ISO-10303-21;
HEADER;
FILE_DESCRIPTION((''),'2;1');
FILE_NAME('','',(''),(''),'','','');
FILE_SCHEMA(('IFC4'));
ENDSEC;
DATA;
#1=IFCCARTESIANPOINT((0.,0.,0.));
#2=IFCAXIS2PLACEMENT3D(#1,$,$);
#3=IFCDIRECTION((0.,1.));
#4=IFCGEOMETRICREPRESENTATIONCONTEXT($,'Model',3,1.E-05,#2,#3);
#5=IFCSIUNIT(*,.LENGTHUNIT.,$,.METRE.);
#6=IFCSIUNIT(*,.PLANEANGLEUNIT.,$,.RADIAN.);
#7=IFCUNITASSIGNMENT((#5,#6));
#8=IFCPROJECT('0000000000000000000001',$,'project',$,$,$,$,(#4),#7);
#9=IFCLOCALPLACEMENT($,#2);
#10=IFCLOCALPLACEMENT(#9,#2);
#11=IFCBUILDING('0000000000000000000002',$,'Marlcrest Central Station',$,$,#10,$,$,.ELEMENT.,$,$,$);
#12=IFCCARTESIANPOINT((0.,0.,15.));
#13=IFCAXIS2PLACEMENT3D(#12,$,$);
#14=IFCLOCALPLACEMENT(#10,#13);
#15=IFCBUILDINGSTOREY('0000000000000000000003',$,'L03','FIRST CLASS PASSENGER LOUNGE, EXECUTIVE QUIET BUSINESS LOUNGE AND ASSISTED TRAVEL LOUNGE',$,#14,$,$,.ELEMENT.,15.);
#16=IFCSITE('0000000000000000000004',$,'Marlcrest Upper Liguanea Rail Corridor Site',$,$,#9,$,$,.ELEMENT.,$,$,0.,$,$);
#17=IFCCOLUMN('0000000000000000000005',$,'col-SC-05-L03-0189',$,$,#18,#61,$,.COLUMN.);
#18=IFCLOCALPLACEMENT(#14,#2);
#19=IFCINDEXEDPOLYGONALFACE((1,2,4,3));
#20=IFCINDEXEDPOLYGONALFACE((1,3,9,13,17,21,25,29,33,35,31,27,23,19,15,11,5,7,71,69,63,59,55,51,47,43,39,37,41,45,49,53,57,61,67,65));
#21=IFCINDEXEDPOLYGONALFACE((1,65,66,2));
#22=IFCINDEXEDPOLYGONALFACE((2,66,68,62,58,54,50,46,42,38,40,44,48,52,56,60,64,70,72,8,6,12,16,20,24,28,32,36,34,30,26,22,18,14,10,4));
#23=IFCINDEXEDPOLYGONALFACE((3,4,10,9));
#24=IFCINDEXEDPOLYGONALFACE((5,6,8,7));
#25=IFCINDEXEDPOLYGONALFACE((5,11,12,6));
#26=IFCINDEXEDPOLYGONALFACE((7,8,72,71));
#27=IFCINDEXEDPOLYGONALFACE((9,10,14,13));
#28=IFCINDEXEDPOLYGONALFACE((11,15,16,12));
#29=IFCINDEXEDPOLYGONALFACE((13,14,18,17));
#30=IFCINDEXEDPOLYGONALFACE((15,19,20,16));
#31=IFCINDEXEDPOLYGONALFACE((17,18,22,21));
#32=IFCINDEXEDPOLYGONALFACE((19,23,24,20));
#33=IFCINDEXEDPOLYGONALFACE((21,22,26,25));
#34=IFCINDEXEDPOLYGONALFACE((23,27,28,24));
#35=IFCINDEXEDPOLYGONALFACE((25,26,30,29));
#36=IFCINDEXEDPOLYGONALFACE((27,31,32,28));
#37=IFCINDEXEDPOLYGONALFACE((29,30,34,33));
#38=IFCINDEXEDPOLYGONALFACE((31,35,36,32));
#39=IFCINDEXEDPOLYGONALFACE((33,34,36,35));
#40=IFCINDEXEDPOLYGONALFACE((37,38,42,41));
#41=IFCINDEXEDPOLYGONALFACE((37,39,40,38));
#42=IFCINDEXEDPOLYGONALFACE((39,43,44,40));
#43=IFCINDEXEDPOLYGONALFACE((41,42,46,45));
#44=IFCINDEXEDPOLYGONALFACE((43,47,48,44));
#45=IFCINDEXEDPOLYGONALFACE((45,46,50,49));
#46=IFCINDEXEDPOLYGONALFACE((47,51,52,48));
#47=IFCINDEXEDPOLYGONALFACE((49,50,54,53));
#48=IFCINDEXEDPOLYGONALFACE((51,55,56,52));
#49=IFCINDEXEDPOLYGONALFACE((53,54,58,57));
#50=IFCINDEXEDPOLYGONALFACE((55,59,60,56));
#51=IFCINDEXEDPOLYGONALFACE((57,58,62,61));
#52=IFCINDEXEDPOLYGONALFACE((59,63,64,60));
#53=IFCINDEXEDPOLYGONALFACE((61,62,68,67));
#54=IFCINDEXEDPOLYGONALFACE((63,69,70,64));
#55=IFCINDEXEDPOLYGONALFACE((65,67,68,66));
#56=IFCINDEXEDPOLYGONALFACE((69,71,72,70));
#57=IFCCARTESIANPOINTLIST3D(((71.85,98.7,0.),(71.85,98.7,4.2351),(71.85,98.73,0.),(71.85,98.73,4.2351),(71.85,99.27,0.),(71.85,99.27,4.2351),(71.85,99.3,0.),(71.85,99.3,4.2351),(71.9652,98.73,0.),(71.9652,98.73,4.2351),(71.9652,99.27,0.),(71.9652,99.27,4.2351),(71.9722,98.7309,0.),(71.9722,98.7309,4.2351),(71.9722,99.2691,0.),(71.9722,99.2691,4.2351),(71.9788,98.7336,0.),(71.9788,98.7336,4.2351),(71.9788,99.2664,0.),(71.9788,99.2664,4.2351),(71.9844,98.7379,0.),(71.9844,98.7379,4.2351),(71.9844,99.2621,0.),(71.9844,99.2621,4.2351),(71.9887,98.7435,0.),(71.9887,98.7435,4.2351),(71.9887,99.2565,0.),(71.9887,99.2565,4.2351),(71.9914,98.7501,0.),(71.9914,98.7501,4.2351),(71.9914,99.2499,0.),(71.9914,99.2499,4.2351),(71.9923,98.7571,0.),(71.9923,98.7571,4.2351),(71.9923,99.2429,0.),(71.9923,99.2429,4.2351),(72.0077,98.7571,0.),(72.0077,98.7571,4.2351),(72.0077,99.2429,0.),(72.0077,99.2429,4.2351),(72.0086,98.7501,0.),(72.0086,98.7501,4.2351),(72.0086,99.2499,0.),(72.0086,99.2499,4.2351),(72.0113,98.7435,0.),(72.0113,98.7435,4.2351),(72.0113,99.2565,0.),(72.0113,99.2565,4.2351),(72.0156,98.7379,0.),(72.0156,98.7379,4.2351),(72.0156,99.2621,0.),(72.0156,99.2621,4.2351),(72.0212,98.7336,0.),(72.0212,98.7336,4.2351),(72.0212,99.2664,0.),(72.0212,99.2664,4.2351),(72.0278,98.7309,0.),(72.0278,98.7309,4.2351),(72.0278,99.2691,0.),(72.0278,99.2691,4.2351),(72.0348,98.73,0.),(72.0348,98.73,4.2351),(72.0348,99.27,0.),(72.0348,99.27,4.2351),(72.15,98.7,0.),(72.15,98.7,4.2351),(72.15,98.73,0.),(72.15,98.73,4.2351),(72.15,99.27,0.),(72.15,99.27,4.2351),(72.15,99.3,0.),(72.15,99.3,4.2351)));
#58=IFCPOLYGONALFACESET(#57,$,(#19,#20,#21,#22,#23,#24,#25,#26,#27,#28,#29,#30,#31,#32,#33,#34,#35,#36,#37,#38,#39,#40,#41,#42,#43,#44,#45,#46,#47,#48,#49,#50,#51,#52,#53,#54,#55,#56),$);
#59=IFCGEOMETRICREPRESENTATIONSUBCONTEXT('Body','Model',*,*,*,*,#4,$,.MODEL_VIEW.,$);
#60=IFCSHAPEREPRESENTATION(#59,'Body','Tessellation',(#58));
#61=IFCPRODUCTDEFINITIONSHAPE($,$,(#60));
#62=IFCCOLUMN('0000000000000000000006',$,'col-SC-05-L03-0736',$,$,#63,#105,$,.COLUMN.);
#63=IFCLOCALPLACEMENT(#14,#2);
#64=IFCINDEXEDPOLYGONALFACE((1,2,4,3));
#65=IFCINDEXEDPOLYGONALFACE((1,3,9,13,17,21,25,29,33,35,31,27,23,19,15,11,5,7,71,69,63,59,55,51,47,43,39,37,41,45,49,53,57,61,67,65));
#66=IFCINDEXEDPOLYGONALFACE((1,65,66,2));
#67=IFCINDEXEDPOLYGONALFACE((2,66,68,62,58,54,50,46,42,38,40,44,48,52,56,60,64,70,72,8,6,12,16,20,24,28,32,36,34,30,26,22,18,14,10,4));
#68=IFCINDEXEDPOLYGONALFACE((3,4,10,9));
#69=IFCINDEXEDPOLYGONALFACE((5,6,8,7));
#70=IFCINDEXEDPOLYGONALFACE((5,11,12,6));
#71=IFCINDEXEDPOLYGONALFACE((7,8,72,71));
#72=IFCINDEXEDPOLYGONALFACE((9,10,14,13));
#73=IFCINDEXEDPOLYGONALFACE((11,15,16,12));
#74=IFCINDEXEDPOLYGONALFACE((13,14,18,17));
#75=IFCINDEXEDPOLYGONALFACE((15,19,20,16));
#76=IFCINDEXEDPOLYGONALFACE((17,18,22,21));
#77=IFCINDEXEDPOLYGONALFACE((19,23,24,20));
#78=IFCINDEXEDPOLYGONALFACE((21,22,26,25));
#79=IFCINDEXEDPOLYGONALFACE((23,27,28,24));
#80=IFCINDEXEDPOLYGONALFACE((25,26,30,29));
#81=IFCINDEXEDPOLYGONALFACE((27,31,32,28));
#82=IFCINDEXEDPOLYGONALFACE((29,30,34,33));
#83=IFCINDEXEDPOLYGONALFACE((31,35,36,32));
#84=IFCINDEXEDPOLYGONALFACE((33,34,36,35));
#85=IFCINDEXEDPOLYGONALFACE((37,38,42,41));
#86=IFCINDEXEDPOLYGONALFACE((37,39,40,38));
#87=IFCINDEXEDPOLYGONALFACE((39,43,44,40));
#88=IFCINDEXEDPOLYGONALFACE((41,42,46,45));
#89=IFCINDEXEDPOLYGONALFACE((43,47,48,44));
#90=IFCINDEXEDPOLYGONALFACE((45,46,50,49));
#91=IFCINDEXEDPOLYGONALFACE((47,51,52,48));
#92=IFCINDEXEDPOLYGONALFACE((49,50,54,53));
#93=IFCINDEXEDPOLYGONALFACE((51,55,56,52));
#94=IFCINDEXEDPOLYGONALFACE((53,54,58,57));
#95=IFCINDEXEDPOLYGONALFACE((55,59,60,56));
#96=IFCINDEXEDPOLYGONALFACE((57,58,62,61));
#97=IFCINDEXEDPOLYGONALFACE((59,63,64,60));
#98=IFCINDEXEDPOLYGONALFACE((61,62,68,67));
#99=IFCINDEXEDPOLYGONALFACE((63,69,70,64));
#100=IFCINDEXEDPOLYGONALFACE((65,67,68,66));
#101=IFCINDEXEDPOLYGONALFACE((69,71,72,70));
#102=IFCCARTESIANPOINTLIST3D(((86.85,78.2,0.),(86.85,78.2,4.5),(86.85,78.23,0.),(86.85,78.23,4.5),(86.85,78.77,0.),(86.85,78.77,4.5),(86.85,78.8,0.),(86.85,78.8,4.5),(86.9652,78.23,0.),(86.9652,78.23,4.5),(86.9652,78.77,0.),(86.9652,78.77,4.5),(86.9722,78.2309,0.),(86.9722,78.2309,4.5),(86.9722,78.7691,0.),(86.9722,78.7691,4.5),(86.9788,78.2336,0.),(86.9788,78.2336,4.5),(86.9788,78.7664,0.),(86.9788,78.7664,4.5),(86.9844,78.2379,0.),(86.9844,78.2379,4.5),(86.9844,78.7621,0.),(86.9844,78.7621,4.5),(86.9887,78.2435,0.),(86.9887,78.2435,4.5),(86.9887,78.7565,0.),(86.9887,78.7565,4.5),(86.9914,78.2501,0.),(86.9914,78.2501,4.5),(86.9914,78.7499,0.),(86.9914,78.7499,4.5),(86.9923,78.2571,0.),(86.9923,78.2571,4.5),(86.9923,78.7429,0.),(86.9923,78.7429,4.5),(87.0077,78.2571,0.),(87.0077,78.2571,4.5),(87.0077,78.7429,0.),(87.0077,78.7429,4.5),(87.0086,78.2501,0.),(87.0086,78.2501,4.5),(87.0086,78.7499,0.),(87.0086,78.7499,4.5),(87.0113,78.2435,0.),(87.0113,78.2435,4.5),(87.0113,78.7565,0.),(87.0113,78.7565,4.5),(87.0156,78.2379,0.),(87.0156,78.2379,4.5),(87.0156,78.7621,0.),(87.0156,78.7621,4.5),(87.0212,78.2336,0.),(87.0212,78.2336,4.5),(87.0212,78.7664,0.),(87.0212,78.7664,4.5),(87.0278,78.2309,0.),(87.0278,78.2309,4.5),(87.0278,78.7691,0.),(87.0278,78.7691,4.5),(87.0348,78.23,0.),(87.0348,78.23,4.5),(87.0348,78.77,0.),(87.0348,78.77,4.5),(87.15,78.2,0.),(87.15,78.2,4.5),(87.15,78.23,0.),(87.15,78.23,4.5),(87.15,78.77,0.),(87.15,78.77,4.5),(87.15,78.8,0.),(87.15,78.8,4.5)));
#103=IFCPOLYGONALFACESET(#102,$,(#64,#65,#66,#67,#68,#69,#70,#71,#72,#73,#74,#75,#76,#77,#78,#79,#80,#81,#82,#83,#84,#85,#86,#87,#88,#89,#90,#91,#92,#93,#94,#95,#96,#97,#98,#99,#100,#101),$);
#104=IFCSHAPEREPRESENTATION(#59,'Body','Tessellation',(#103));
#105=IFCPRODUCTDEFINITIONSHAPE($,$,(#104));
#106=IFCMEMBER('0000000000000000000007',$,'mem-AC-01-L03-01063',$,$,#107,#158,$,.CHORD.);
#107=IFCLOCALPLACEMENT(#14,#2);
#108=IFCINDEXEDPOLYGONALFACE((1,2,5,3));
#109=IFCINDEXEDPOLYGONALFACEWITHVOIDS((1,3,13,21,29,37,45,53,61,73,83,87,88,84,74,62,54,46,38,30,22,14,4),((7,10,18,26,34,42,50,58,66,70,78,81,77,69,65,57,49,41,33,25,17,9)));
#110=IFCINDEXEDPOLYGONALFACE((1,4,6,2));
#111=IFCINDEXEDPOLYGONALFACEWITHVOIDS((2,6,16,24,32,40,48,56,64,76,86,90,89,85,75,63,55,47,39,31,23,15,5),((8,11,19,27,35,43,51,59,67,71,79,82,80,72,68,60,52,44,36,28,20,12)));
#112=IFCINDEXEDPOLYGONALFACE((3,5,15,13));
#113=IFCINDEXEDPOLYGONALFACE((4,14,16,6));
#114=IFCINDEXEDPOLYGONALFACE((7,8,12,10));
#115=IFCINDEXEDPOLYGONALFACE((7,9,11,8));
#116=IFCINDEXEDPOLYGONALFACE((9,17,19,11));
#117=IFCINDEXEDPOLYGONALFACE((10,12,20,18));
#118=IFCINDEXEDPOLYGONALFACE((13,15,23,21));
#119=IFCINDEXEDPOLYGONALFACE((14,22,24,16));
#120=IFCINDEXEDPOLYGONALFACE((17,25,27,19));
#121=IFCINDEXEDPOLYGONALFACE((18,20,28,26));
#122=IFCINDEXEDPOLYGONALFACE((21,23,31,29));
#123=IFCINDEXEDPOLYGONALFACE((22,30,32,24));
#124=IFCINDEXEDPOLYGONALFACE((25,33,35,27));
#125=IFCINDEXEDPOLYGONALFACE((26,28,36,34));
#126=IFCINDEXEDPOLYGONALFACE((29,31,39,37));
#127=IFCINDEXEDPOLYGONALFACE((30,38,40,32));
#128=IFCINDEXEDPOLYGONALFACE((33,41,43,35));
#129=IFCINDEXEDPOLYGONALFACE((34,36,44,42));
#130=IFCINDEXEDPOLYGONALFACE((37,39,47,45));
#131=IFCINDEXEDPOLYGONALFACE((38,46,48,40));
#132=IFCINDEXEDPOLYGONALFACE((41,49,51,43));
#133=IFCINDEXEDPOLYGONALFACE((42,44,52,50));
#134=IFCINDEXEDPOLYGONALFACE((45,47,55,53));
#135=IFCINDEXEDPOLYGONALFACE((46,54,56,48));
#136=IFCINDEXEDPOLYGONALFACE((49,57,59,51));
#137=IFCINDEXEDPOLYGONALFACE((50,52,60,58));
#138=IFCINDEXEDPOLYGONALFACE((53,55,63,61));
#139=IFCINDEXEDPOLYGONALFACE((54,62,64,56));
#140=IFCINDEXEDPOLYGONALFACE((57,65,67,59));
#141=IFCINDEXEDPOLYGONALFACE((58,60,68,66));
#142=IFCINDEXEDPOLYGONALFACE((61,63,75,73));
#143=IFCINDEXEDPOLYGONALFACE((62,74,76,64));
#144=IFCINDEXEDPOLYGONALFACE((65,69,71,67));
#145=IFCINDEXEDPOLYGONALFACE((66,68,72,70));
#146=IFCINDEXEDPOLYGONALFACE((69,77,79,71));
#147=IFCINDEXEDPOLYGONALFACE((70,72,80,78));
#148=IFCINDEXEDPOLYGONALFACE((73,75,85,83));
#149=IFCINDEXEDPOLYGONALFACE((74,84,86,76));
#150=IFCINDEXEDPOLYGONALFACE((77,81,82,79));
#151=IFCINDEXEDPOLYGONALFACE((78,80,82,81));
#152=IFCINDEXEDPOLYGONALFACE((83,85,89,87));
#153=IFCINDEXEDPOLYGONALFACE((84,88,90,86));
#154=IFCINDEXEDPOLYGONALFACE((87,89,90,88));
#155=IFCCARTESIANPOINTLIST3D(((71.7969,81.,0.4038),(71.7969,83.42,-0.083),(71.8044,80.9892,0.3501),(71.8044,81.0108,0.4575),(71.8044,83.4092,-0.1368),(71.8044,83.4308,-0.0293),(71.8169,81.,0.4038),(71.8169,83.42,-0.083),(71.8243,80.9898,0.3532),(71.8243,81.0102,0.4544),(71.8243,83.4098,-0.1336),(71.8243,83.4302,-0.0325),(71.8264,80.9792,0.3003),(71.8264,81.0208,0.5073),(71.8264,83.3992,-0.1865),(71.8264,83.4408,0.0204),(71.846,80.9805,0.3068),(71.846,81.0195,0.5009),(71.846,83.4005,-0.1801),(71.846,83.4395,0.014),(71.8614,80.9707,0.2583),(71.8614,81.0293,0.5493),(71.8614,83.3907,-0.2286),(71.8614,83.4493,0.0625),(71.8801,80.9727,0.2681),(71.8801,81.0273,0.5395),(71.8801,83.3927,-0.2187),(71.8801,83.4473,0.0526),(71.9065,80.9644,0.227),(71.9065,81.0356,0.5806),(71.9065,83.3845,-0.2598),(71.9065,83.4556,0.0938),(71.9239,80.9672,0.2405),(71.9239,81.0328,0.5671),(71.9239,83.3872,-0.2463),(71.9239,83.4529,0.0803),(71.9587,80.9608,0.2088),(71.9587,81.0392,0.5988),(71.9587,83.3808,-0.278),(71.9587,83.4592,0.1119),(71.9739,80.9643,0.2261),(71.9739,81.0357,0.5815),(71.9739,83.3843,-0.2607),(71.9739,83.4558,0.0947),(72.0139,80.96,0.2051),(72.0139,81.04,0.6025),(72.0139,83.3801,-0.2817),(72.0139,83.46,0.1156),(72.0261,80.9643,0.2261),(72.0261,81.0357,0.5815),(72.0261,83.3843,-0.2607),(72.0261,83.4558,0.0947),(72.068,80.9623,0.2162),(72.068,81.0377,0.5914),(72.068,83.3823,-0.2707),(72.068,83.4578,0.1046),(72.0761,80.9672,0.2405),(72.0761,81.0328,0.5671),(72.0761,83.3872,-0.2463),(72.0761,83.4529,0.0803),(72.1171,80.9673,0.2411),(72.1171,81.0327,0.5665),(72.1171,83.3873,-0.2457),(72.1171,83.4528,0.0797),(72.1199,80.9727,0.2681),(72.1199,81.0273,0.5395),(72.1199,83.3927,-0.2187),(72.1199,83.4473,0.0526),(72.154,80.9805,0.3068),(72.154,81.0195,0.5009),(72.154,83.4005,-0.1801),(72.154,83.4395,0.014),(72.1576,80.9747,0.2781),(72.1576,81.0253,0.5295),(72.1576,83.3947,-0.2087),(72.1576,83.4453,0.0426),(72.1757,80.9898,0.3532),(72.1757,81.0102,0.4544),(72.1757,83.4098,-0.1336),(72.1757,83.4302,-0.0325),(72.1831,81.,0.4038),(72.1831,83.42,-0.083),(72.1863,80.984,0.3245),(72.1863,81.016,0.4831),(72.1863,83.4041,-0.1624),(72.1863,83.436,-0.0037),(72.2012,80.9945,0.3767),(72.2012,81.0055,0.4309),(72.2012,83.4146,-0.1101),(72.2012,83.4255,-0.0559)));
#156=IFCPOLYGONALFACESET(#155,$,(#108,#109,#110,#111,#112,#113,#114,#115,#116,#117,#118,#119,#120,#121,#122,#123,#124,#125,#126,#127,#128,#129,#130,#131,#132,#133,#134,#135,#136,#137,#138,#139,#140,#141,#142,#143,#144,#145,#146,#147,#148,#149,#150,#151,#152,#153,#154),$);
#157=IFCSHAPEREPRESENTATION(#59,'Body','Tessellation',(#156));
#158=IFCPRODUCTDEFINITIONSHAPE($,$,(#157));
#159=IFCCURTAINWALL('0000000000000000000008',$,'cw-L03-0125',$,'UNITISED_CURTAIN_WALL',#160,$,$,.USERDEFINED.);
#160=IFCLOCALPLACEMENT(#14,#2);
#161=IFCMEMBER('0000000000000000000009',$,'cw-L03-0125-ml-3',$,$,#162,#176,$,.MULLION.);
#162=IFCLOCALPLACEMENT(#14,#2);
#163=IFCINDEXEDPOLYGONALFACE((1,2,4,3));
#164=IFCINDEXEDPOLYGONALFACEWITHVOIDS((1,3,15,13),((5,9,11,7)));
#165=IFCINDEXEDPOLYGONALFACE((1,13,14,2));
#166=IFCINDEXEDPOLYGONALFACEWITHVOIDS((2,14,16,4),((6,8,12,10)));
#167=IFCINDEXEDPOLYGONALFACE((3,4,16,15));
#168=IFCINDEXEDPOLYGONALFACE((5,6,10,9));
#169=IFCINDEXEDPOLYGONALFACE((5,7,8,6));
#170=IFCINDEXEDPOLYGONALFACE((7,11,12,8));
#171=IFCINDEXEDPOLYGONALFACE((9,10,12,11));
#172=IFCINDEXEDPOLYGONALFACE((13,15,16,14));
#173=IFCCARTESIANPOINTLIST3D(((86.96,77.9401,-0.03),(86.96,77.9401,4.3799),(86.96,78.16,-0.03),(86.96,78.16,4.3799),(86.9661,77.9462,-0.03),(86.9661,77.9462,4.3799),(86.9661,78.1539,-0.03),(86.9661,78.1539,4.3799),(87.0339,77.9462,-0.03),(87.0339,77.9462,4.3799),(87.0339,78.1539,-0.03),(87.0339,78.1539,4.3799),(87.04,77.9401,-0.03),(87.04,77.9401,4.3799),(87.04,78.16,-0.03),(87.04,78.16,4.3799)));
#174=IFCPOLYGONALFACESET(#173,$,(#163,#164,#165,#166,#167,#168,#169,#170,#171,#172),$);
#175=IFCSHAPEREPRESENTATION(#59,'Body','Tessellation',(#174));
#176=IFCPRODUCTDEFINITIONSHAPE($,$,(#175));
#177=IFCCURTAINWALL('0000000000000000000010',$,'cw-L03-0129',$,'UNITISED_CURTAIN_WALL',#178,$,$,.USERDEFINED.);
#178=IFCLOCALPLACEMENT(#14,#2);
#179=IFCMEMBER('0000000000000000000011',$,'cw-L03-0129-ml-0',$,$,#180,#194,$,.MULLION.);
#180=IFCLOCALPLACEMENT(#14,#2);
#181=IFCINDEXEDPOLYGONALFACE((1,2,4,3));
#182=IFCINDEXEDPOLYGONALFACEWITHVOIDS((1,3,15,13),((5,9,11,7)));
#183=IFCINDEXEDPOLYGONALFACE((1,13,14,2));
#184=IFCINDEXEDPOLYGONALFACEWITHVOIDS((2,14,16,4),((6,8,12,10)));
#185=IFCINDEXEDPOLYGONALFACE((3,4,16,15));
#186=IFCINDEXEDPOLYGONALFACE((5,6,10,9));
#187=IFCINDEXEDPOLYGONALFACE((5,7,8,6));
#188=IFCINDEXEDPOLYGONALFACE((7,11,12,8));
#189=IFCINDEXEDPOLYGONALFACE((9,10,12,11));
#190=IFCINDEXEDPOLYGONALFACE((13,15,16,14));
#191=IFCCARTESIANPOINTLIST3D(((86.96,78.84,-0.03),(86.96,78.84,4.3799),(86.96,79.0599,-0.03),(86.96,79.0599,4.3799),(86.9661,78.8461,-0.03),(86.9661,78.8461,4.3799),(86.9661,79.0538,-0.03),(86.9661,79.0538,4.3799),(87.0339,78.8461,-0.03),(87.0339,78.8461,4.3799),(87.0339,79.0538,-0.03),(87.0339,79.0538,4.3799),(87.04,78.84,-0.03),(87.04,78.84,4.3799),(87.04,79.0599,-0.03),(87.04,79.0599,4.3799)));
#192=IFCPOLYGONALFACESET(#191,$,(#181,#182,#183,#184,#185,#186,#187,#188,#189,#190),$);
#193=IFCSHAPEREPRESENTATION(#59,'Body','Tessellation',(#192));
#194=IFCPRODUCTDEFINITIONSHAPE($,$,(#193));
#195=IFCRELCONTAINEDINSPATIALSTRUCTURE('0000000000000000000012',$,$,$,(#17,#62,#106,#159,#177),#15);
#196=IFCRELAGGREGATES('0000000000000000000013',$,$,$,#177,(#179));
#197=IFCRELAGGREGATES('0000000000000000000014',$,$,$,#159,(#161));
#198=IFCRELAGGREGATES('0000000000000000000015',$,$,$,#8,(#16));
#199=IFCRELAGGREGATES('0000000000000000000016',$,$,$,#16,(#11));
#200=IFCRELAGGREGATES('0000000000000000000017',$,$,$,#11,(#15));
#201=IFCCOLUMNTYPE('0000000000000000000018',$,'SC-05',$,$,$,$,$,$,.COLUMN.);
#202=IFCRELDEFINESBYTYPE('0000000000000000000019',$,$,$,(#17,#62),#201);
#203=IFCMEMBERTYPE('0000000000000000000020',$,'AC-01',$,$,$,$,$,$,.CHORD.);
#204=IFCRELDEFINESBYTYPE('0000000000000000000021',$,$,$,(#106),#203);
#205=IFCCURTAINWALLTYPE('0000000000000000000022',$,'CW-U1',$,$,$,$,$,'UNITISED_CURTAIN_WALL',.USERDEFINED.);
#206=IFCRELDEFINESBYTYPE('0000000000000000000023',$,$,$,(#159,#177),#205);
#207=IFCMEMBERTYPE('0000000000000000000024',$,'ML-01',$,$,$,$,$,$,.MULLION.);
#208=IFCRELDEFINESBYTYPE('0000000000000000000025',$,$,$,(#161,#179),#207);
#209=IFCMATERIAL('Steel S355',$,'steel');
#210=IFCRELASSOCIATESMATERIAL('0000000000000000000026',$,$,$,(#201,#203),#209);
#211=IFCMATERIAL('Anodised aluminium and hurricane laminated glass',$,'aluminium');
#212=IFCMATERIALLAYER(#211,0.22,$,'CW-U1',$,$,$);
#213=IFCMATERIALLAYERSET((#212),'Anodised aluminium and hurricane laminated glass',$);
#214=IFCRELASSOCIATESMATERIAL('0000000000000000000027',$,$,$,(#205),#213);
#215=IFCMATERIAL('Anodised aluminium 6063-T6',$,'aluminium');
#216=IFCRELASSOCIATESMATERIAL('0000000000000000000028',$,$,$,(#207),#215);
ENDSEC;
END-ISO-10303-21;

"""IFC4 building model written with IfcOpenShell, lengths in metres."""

from ifc_helpers import new_model, si_unit, direction, frame, origin, origin_2d, place, context, subcontext, project, spatial, hollow_rectangle, hollow_circle, i_section, extrude, material, layer, layer_set, material_profile, profile_set, type_object, element, aggregate, save


model = new_model("IFC4")

# Units and contexts
model_context = context("Model", 3, precision=1e-05, world=origin(), true_north=direction((0.0, 1.0)))
body_context = subcontext(model_context, "Body", "Model", "MODEL_VIEW")
ifc_project = project(units=[si_unit("LENGTHUNIT", "METRE"), si_unit("PLANEANGLEUNIT", "RADIAN")], contexts=[model_context])

# Site, building, storey
site_placement = place(None, origin())
site = spatial("IfcSite", under=ifc_project, at=site_placement, Name="Marlcrest Upper Liguanea Rail Corridor Site", CompositionType="ELEMENT", RefElevation=0.0)
building_placement = place(site_placement, origin())
building = spatial("IfcBuilding", under=site, at=building_placement, Name="Marlcrest Central Station", CompositionType="ELEMENT")
storey_placement = place(building_placement, frame((0.0, 0.0, 15.0)))
storey = spatial("IfcBuildingStorey", under=building, at=storey_placement, Name="L03", Description="FIRST CLASS PASSENGER LOUNGE, EXECUTIVE QUIET BUSINESS LOUNGE AND ASSISTED TRAVEL LOUNGE", CompositionType="ELEMENT", Elevation=15.0)

# Columns
ifc_material_1 = material(Name="Steel S355", Category="steel")
ifc_material_profile_1 = material_profile(ifc_material_1, i_section(OverallWidth=0.3, OverallDepth=0.6001, WebThickness=0.0154, FlangeThickness=0.03, FilletRadius=0.0271, at=origin_2d()), Name="HEB 600")
ifc_profile_set_1 = profile_set([ifc_material_profile_1], Name="Steel S355")
column_type = type_object("IfcColumnType", Name="SC-05", PredefinedType="COLUMN", material=ifc_profile_set_1)
column_1_placement = place(storey_placement, frame((72.0, 99.0, 0.0), z_axis=(0.0, 0.0, 1.0), x_axis=(1.0, 0.0, 0.0)))
element("IfcColumn", 1, at=column_1_placement, inside=storey, type_object=column_type, Name="col-SC-05-L03-0189", PredefinedType="COLUMN", context=body_context, shape_type="SweptSolid", body=[
    extrude(i_section(OverallWidth=0.3, OverallDepth=0.6001, WebThickness=0.0154, FlangeThickness=0.03, FilletRadius=0.0271, at=origin_2d()), origin(), (0.0, 0.0, 1.0), 4.2351),
])
column_2_placement = place(storey_placement, frame((87.0, 78.5, 0.0), z_axis=(0.0, 0.0, 1.0), x_axis=(1.0, 0.0, 0.0)))
element("IfcColumn", 2, at=column_2_placement, inside=storey, type_object=column_type, Name="col-SC-05-L03-0736", PredefinedType="COLUMN", context=body_context, shape_type="SweptSolid", body=[
    extrude(i_section(OverallWidth=0.3, OverallDepth=0.6001, WebThickness=0.0154, FlangeThickness=0.03, FilletRadius=0.0271, at=origin_2d()), origin(), (0.0, 0.0, 1.0), 4.5),
])

# Member
ifc_material_profile_2 = material_profile(ifc_material_1, hollow_circle(Radius=0.2031, WallThickness=0.02, at=origin_2d()), Name="CHS 406.4x20")
ifc_profile_set_2 = profile_set([ifc_material_profile_2], Name="Steel S355")
member_type_1 = type_object("IfcMemberType", Name="AC-01", PredefinedType="CHORD", material=ifc_profile_set_2)
member_1_placement = place(storey_placement, frame((72.0, 81.0, 0.4038), z_axis=(0.0, 0.980359, -0.197219), x_axis=(-1.0, 0.0, 0.0)))
element("IfcMember", 3, at=member_1_placement, inside=storey, type_object=member_type_1, Name="mem-AC-01-L03-01063", PredefinedType="CHORD", context=body_context, shape_type="SweptSolid", body=[
    extrude(hollow_circle(Radius=0.2031, WallThickness=0.02, at=origin_2d()), origin(), (0.0, 0.0, 1.0), 2.4685),
])

# Curtain wall, member
ifc_material_2 = material(Name="Anodised aluminium and hurricane laminated glass", Category="aluminium")
ifc_layer_1 = layer(ifc_material_2, 0.22, Name="CW-U1")
ifc_layer_set_1 = layer_set([ifc_layer_1], Name="Anodised aluminium and hurricane laminated glass")
curtain_wall_type = type_object("IfcCurtainWallType", Name="CW-U1", ElementType="UNITISED_CURTAIN_WALL", PredefinedType="USERDEFINED", material=ifc_layer_set_1)
curtain_wall_1_placement = place(storey_placement, origin())
curtain_wall_1 = element("IfcCurtainWall", 4, at=curtain_wall_1_placement, inside=storey, type_object=curtain_wall_type, Name="cw-L03-0125", ObjectType="UNITISED_CURTAIN_WALL", PredefinedType="USERDEFINED")
ifc_material_3 = material(Name="Anodised aluminium 6063-T6", Category="aluminium")
ifc_material_profile_3 = material_profile(ifc_material_3, hollow_rectangle(XDim=0.0801, YDim=0.22, WallThickness=0.0061, at=origin_2d()), Name="AA-RHS 220x80x6")
ifc_profile_set_3 = profile_set([ifc_material_profile_3], Name="Anodised aluminium 6063-T6")
member_type_2 = type_object("IfcMemberType", Name="ML-01", PredefinedType="MULLION", material=ifc_profile_set_3)
member_2_placement = place(storey_placement, frame((87.0, 78.05, -0.03), z_axis=(0.0, 0.0, 1.0), x_axis=(1.0, 0.0, 0.0)))
member_2 = element("IfcMember", 5, at=member_2_placement, type_object=member_type_2, Name="cw-L03-0125-ml-3", PredefinedType="MULLION", context=body_context, shape_type="SweptSolid", body=[
    extrude(hollow_rectangle(XDim=0.0801, YDim=0.22, WallThickness=0.0061, at=origin_2d()), origin(), (0.0, 0.0, 1.0), 4.4099),
])

# Curtain wall, member
curtain_wall_2_placement = place(storey_placement, origin())
curtain_wall_2 = element("IfcCurtainWall", 6, at=curtain_wall_2_placement, inside=storey, type_object=curtain_wall_type, Name="cw-L03-0129", ObjectType="UNITISED_CURTAIN_WALL", PredefinedType="USERDEFINED")
member_3_placement = place(storey_placement, frame((87.0, 78.95, -0.03), z_axis=(0.0, 0.0, 1.0), x_axis=(1.0, 0.0, 0.0)))
member_3 = element("IfcMember", 7, at=member_3_placement, type_object=member_type_2, Name="cw-L03-0129-ml-0", PredefinedType="MULLION", context=body_context, shape_type="SweptSolid", body=[
    extrude(hollow_rectangle(XDim=0.0801, YDim=0.22, WallThickness=0.0061, at=origin_2d()), origin(), (0.0, 0.0, 1.0), 4.4099),
])

aggregate(curtain_wall_2, [member_3])
aggregate(curtain_wall_1, [member_2])

save(model, "model.ifc")
